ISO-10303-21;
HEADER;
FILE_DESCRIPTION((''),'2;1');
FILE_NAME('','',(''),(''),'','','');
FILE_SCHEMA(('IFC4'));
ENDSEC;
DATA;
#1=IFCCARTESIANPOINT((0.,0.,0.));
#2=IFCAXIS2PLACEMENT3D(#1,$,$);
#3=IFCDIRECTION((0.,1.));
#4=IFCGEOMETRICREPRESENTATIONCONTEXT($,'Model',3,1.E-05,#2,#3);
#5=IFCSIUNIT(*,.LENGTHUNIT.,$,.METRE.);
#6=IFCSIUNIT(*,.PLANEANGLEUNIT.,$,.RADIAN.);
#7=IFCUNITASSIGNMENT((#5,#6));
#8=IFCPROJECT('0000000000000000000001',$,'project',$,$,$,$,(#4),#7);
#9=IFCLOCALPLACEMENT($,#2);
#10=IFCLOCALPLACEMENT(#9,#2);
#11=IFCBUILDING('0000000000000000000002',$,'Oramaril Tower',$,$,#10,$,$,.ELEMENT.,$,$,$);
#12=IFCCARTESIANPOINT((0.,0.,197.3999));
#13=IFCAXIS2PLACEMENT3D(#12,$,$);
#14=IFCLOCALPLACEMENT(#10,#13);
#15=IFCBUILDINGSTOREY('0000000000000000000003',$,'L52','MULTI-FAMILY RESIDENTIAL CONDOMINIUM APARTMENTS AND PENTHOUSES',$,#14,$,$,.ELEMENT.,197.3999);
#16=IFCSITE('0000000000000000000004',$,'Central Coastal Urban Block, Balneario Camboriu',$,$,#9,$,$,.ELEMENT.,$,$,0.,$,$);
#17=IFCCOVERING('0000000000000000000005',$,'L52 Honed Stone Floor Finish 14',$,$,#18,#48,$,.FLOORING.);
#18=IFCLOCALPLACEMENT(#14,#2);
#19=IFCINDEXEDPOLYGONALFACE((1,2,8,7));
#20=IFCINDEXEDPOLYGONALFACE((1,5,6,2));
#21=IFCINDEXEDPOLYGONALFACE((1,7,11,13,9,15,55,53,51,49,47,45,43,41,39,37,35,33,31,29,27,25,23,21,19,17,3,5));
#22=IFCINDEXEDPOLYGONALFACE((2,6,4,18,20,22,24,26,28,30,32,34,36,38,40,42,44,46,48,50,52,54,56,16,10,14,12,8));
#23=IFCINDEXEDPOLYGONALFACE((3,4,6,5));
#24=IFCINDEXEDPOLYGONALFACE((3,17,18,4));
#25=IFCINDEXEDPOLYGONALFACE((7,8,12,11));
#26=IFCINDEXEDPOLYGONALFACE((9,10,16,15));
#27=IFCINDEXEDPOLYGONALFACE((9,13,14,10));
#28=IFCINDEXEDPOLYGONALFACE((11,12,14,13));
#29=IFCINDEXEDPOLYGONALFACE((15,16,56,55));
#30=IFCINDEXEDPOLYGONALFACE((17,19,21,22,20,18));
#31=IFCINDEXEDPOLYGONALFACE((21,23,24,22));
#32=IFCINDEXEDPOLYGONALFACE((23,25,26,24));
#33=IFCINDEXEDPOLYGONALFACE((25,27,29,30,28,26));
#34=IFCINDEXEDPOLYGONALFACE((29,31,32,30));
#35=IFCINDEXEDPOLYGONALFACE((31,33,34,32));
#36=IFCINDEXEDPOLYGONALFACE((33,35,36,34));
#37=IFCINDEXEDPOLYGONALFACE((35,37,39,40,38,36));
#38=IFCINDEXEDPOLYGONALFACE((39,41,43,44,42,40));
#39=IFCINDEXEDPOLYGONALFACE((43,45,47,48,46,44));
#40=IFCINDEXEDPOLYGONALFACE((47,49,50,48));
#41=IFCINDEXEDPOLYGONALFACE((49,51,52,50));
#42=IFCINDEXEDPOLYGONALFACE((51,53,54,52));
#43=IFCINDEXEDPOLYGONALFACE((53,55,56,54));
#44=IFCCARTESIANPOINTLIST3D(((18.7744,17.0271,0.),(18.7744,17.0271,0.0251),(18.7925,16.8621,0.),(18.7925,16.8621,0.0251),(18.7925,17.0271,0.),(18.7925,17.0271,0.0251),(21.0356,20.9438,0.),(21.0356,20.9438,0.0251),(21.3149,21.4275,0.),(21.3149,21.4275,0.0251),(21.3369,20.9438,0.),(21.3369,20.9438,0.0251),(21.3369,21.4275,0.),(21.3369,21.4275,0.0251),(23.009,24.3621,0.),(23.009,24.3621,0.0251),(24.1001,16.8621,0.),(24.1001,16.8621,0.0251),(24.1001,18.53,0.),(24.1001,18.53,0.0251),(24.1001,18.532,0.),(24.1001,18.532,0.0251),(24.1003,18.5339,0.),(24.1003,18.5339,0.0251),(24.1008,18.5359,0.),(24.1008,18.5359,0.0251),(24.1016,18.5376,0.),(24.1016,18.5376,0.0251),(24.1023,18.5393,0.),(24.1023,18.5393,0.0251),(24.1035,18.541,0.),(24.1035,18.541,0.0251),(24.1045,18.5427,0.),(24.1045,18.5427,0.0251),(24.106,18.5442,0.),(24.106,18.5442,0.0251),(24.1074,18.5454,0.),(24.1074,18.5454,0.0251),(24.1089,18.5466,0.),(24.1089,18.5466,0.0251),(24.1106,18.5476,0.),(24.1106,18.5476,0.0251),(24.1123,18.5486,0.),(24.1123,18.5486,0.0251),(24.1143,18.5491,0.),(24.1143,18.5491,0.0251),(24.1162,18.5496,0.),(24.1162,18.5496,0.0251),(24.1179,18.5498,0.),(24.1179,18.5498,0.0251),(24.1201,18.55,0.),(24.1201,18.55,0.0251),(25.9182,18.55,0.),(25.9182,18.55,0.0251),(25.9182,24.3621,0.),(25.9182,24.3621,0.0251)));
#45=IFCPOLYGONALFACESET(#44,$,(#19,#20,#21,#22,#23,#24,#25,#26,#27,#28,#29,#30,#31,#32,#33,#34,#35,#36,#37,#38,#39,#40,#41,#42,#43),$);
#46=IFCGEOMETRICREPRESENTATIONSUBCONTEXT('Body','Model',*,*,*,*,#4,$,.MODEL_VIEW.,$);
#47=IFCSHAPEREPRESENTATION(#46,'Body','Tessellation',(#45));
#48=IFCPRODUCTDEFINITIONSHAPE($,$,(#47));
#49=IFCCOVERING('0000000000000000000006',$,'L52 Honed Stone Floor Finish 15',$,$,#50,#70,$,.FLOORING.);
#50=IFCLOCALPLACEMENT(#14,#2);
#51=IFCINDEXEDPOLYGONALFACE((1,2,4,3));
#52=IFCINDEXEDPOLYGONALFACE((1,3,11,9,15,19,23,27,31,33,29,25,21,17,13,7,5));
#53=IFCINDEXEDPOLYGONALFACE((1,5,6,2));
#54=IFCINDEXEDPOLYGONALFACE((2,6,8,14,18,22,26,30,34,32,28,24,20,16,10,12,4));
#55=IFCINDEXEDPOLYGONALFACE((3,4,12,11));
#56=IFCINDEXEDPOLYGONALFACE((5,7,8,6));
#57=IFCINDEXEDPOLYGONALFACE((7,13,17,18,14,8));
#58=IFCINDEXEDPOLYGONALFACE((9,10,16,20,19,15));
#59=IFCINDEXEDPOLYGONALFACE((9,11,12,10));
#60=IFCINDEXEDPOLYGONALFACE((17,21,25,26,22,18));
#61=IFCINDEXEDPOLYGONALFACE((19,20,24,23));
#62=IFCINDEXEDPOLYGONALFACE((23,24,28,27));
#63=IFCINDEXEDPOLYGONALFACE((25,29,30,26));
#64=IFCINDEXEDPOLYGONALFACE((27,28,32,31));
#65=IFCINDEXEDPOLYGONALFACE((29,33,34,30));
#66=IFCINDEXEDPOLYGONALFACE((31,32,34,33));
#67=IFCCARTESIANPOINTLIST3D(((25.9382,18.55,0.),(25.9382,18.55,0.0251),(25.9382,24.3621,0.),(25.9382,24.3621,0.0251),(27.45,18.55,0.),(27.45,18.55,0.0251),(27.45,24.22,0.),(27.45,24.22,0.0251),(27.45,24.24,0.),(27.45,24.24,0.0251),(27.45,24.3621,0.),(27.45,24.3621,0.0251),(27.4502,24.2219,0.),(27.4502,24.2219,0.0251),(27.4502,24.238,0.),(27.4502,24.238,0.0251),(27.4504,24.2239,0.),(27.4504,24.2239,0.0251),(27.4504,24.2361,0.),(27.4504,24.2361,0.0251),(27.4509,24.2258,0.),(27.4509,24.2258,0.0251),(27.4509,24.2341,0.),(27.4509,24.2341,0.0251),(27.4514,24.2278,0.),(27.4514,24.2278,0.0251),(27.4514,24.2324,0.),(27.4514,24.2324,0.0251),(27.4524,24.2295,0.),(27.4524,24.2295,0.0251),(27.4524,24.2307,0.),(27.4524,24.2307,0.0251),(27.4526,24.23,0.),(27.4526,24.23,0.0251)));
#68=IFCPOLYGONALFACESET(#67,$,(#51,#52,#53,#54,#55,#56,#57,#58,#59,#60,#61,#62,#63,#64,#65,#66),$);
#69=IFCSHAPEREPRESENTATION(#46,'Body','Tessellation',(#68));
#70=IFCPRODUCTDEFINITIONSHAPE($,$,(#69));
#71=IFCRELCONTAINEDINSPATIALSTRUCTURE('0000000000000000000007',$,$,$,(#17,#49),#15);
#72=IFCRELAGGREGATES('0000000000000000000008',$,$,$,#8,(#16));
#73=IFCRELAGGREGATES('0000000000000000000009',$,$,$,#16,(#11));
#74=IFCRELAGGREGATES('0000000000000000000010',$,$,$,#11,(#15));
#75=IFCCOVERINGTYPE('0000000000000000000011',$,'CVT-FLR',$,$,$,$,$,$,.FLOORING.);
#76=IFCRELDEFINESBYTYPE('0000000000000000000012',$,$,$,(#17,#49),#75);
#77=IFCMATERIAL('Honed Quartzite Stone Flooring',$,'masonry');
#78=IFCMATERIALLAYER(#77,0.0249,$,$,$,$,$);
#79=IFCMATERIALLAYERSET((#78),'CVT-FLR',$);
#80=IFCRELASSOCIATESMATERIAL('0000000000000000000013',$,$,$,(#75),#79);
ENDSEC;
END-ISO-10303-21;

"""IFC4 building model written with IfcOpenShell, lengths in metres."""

from ifc_helpers import new_model, si_unit, direction, frame, origin, place, context, subcontext, project, spatial, polyline, outline, extrude, material, layer, layer_set, type_object, element, save


model = new_model("IFC4")

# Units and contexts
model_context = context("Model", 3, precision=1e-05, world=origin(), true_north=direction((0.0, 1.0)))
body_context = subcontext(model_context, "Body", "Model", "MODEL_VIEW")
ifc_project = project(units=[si_unit("LENGTHUNIT", "METRE"), si_unit("PLANEANGLEUNIT", "RADIAN")], contexts=[model_context])

# Site, building, storey
site_placement = place(None, origin())
site = spatial("IfcSite", under=ifc_project, at=site_placement, Name="Central Coastal Urban Block, Balneario Camboriu", CompositionType="ELEMENT", RefElevation=0.0)
building_placement = place(site_placement, origin())
building = spatial("IfcBuilding", under=site, at=building_placement, Name="Oramaril Tower", CompositionType="ELEMENT")
storey_placement = place(building_placement, frame((0.0, 0.0, 197.3999)))
storey = spatial("IfcBuildingStorey", under=building, at=storey_placement, Name="L52", Description="MULTI-FAMILY RESIDENTIAL CONDOMINIUM APARTMENTS AND PENTHOUSES", CompositionType="ELEMENT", Elevation=197.3999)

# Coverings
ifc_material_1 = material(Name="Honed Quartzite Stone Flooring", Category="masonry")
ifc_layer_1 = layer(ifc_material_1, 0.0249)
ifc_layer_set_1 = layer_set([ifc_layer_1], Name="CVT-FLR")
covering_type_1 = type_object("IfcCoveringType", Name="CVT-FLR", PredefinedType="FLOORING", material=ifc_layer_set_1)
covering_1_placement = place(storey_placement, origin())
element("IfcCovering", 1, at=covering_1_placement, inside=storey, type_object=covering_type_1, Name="L52 Honed Stone Floor Finish 14", PredefinedType="FLOORING", context=body_context, shape_type="SweptSolid", body=[
    extrude(outline(polyline([(18.7925, 17.0271), (18.7744, 17.0271), (21.0356, 20.9438), (21.3369, 20.9438), (21.3369, 21.4275), (21.3149, 21.4275), (23.009, 24.3621), (25.9182, 24.3621), (25.9182, 18.55), (24.1201, 18.55), (24.1179, 18.5498), (24.1162, 18.5496), (24.1143, 18.5491), (24.1123, 18.5486), (24.1106, 18.5476), (24.1089, 18.5466), (24.1074, 18.5454), (24.106, 18.5442), (24.1045, 18.5427), (24.1035, 18.541), (24.1023, 18.5393), (24.1016, 18.5376), (24.1008, 18.5359), (24.1003, 18.5339), (24.1001, 18.532), (24.1001, 18.53), (24.1001, 16.8621), (18.7925, 16.8621), (18.7925, 17.0271)])), origin(), (0.0, 0.0, 1.0), 0.0251),
])
covering_2_placement = place(storey_placement, origin())
element("IfcCovering", 2, at=covering_2_placement, inside=storey, type_object=covering_type_1, Name="L52 Honed Stone Floor Finish 15", PredefinedType="FLOORING", context=body_context, shape_type="SweptSolid", body=[
    extrude(outline(polyline([(27.45, 24.3621), (27.45, 24.24), (27.4502, 24.238), (27.4504, 24.2361), (27.4509, 24.2341), (27.4514, 24.2324), (27.4524, 24.2307), (27.4526, 24.23), (27.4524, 24.2295), (27.4514, 24.2278), (27.4509, 24.2258), (27.4504, 24.2239), (27.4502, 24.2219), (27.45, 24.22), (27.45, 18.55), (25.9382, 18.55), (25.9382, 24.3621), (27.45, 24.3621)])), origin(), (0.0, 0.0, 1.0), 0.0251),
])

save(model, "model.ifc")
